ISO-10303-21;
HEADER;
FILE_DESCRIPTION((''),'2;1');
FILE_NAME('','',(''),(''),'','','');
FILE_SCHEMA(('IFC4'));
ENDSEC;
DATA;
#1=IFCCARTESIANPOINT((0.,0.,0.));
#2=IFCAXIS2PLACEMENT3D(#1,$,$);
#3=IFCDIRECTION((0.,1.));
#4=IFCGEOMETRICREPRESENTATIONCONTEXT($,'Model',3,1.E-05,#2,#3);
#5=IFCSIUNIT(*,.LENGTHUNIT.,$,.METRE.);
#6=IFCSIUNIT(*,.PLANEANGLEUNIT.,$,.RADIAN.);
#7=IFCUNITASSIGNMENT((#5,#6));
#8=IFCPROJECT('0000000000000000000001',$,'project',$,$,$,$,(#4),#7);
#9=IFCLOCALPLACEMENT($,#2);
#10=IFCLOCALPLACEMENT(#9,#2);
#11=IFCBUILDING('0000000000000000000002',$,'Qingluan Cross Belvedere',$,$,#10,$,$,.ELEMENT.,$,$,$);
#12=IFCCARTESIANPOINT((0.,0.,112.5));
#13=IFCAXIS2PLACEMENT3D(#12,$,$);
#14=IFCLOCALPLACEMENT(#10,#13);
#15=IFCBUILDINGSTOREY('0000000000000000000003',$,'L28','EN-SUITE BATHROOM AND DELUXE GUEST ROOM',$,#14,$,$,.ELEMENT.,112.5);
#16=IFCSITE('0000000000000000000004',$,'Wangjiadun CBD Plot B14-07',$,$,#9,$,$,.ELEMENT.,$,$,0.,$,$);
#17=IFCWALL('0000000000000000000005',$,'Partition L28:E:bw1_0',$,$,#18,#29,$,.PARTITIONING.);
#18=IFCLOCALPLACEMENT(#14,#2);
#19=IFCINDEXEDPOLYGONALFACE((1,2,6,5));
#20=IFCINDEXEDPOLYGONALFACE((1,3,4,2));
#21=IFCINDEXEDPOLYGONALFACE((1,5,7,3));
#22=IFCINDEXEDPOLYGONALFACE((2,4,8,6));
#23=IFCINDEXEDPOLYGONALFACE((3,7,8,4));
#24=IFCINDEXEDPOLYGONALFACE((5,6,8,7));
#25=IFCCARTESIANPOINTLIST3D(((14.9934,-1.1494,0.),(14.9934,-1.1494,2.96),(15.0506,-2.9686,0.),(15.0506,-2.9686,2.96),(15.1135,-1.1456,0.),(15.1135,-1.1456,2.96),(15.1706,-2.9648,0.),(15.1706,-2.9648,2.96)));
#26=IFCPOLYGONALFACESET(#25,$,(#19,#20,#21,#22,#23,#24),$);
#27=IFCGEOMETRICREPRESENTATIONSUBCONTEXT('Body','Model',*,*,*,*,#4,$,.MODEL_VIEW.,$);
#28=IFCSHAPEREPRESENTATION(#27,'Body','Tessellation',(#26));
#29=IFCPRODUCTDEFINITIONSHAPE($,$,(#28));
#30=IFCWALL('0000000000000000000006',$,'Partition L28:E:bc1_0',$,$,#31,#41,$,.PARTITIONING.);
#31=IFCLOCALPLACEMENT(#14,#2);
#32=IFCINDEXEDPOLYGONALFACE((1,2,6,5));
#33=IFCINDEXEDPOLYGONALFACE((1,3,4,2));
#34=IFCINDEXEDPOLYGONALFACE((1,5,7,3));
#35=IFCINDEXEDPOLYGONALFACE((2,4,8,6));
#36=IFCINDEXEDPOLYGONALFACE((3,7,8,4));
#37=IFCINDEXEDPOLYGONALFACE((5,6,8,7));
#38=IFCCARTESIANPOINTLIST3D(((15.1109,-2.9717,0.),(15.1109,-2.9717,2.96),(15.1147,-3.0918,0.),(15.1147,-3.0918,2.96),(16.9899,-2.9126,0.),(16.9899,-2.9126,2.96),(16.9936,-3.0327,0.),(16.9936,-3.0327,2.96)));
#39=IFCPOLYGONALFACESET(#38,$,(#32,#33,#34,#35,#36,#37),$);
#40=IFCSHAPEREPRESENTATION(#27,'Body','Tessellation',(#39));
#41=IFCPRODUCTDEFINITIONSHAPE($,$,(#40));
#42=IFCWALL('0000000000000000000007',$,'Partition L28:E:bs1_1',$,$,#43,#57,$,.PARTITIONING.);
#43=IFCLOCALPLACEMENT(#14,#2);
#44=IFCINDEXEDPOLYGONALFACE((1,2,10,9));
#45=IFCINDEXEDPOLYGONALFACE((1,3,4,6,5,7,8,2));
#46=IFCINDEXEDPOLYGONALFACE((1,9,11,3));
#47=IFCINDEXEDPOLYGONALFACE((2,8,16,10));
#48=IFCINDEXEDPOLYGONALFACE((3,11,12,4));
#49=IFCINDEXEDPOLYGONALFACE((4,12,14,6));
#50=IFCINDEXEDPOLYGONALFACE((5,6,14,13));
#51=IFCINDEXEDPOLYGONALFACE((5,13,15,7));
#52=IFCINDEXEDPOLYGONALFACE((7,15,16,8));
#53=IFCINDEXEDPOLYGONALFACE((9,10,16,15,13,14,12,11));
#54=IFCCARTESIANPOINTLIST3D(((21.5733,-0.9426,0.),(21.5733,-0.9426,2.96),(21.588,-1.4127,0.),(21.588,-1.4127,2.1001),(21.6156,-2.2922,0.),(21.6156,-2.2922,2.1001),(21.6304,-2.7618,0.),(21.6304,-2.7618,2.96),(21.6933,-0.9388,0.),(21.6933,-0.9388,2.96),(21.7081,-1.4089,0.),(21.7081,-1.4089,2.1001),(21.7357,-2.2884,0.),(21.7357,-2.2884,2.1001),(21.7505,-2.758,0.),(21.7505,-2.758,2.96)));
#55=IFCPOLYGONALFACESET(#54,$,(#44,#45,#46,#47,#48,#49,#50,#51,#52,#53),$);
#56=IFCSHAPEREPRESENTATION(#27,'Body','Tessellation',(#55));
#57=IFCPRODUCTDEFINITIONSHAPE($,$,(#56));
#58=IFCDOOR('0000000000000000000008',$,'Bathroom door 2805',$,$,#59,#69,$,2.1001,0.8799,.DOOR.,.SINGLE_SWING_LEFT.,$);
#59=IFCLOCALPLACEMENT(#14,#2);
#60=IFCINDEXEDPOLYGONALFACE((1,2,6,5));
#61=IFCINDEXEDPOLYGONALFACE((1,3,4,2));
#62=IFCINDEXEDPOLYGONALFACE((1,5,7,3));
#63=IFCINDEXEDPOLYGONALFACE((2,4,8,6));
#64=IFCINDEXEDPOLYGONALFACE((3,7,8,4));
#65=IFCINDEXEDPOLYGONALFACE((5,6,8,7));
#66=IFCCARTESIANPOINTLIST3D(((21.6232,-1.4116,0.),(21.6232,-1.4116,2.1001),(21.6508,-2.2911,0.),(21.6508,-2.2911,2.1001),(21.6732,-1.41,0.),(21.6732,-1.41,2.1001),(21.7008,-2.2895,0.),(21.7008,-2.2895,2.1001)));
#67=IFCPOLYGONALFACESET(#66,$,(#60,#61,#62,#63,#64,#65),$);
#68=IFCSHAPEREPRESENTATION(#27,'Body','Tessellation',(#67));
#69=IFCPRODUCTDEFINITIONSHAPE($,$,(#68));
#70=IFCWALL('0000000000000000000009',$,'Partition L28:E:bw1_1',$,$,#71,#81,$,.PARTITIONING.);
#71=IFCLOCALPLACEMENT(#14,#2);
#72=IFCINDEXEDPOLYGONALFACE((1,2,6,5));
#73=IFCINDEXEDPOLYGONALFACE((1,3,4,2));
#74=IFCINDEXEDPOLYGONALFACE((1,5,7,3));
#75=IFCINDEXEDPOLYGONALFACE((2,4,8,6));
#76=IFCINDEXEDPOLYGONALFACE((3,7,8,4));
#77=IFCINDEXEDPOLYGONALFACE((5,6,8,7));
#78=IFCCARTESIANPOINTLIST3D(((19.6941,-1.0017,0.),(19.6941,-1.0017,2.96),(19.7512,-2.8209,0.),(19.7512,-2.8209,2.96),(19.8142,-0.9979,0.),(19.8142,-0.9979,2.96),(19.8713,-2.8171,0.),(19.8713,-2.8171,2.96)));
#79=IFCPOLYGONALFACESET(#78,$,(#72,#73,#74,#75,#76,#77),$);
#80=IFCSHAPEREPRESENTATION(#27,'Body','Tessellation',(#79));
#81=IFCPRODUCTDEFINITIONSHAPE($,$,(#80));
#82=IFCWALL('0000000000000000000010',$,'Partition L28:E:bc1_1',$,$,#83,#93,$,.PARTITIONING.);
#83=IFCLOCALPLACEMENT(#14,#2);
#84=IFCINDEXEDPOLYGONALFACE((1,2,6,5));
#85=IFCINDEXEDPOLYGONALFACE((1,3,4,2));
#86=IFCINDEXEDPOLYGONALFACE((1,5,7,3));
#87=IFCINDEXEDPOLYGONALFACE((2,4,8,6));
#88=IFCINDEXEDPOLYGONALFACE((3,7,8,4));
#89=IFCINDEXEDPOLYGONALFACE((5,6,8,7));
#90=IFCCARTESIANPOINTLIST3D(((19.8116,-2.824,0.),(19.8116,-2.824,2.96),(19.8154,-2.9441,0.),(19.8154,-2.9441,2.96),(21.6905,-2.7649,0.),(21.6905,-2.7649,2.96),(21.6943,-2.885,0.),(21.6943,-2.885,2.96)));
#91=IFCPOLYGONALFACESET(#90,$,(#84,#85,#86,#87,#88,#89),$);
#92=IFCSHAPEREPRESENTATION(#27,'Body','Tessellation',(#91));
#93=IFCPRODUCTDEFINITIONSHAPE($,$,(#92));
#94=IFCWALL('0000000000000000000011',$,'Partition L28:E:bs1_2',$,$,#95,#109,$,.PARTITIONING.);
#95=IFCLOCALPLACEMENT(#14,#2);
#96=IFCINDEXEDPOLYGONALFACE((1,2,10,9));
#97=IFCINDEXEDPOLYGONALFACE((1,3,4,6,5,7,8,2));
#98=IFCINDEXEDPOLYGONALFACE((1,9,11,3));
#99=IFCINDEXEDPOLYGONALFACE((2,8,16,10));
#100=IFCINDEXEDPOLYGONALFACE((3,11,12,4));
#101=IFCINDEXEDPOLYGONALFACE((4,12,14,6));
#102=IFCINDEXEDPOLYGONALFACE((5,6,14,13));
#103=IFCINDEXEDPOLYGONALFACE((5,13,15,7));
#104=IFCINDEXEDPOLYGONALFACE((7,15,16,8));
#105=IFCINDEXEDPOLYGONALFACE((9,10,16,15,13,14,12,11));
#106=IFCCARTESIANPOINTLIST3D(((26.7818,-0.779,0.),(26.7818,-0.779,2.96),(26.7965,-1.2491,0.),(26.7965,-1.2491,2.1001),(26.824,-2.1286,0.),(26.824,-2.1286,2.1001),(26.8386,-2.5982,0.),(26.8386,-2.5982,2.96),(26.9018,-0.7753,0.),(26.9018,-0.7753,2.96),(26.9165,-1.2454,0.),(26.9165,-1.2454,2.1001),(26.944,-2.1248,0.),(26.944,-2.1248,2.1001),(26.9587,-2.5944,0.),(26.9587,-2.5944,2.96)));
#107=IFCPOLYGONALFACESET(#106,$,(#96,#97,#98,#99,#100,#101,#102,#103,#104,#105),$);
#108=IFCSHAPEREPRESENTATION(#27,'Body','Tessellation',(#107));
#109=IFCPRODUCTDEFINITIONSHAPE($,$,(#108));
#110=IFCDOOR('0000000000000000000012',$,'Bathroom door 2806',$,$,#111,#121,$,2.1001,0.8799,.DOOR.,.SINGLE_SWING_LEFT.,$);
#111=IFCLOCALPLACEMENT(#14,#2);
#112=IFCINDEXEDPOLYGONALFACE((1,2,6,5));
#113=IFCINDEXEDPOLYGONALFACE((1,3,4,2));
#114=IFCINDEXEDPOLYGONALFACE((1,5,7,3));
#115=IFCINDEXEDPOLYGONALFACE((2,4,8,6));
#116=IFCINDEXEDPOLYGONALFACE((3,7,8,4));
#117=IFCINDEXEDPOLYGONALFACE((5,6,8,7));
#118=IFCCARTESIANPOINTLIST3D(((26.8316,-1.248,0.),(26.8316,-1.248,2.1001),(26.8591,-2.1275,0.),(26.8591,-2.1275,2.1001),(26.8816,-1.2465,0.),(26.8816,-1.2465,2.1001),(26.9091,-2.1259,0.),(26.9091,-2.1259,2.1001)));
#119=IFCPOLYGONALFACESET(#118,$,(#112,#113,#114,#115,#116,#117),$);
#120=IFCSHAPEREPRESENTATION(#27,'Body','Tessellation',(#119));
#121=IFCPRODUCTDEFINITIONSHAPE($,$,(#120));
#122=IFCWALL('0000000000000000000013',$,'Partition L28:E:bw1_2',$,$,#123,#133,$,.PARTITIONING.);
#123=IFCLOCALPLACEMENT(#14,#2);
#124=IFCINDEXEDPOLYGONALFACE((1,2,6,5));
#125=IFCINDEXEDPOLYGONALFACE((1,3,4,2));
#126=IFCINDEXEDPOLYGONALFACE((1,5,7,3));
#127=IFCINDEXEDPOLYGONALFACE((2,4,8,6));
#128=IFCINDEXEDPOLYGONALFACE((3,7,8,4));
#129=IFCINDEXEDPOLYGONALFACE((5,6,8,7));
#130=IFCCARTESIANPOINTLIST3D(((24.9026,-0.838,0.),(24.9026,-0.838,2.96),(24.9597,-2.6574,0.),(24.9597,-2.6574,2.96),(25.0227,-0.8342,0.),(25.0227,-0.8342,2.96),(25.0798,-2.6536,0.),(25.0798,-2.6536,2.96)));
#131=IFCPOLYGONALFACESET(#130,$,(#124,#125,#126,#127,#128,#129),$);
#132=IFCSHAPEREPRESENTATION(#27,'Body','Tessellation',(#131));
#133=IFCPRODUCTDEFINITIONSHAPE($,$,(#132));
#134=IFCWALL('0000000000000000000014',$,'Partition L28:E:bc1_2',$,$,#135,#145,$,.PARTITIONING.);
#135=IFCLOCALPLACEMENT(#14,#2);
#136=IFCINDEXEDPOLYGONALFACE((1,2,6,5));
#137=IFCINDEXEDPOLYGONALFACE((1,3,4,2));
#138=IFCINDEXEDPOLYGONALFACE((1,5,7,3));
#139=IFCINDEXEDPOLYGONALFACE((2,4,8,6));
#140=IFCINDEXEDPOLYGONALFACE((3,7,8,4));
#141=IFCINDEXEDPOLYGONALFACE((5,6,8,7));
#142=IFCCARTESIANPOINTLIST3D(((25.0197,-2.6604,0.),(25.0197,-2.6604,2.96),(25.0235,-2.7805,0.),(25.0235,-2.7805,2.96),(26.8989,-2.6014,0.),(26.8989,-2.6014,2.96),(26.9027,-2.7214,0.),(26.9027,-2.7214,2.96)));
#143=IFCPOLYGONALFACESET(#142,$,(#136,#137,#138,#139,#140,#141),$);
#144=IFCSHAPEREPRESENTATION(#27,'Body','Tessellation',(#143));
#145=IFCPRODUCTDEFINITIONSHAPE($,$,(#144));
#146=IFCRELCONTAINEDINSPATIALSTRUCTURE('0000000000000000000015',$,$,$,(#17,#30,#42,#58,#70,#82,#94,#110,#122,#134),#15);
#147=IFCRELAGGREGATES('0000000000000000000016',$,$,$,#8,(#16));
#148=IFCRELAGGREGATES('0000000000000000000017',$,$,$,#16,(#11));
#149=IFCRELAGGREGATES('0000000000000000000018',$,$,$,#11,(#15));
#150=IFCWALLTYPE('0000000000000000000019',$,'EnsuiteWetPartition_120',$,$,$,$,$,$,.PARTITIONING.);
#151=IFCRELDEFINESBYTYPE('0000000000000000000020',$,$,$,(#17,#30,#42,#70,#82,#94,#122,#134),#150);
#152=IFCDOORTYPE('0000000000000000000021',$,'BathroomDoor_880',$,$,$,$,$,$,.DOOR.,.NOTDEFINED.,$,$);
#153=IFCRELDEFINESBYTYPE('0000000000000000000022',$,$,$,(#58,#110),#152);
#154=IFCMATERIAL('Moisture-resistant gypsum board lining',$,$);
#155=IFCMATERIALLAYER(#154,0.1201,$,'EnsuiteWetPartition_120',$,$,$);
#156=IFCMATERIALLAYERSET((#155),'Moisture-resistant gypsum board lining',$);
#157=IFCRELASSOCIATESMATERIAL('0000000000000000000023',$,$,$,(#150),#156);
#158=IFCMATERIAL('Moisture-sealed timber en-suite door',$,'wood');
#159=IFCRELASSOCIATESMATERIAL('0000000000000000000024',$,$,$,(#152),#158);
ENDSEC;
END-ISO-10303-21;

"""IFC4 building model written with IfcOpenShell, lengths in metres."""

from ifc_helpers import new_model, si_unit, direction, frame, frame_2d, origin, place, context, subcontext, project, spatial, rectangle, extrude, material, layer, layer_set, type_object, element, fill, save


model = new_model("IFC4")

# Units and contexts
model_context = context("Model", 3, precision=1e-05, world=origin(), true_north=direction((0.0, 1.0)))
body_context = subcontext(model_context, "Body", "Model", "MODEL_VIEW")
ifc_project = project(units=[si_unit("LENGTHUNIT", "METRE"), si_unit("PLANEANGLEUNIT", "RADIAN")], contexts=[model_context])

# Site, building, storey
site_placement = place(None, origin())
site = spatial("IfcSite", under=ifc_project, at=site_placement, Name="Wangjiadun CBD Plot B14-07", CompositionType="ELEMENT", RefElevation=0.0)
building_placement = place(site_placement, origin())
building = spatial("IfcBuilding", under=site, at=building_placement, Name="Qingluan Cross Belvedere", CompositionType="ELEMENT")
storey_placement = place(building_placement, frame((0.0, 0.0, 112.5)))
storey = spatial("IfcBuildingStorey", under=building, at=storey_placement, Name="L28", Description="EN-SUITE BATHROOM AND DELUXE GUEST ROOM", CompositionType="ELEMENT", Elevation=112.5)

# Shared definitions
ifc_material_1 = material(Name="Moisture-resistant gypsum board lining")
ifc_layer_1 = layer(ifc_material_1, 0.1201, Name="EnsuiteWetPartition_120")
ifc_layer_set_1 = layer_set([ifc_layer_1], Name="Moisture-resistant gypsum board lining")
wall_type_1 = type_object("IfcWallType", Name="EnsuiteWetPartition_120", PredefinedType="PARTITIONING", material=ifc_layer_set_1)
ifc_material_2 = material(Name="Moisture-sealed timber en-suite door", Category="wood")
door_type_1 = type_object("IfcDoorType", Name="BathroomDoor_880", OperationType="NOTDEFINED", PredefinedType="DOOR", material=ifc_material_2)

# Walls
wall_1_placement = place(storey_placement, frame((15.1106, -2.9668, 0.0), z_axis=(0.0, 0.0, 1.0), x_axis=(-0.03139, 0.999507, 0.0)))
element("IfcWall", 1, at=wall_1_placement, inside=storey, type_object=wall_type_1, Name="Partition L28:E:bw1_0", PredefinedType="PARTITIONING", context=body_context, shape_type="SweptSolid", body=[
    extrude(rectangle(XDim=1.8201, YDim=0.1201, at=frame_2d((0.9102, 0.0))), origin(), (0.0, 0.0, 1.0), 2.96),
])
wall_2_placement = place(storey_placement, frame((15.1128, -3.0317, 0.0), z_axis=(0.0, 0.0, 1.0), x_axis=(0.999506, 0.031429, 0.0)))
element("IfcWall", 2, at=wall_2_placement, inside=storey, type_object=wall_type_1, Name="Partition L28:E:bc1_0", PredefinedType="PARTITIONING", context=body_context, shape_type="SweptSolid", body=[
    extrude(rectangle(XDim=1.8799, YDim=0.1201, at=frame_2d((0.9399, 0.0))), origin(), (0.0, 0.0, 1.0), 2.96),
])

# Wall, opening, door
wall_3_placement = place(storey_placement, frame((21.6904, -2.76, 0.0), z_axis=(0.0, 0.0, 1.0), x_axis=(-0.03139, 0.999507, 0.0)))
wall_3 = element("IfcWall", 3, at=wall_3_placement, inside=storey, type_object=wall_type_1, Name="Partition L28:E:bs1_1", PredefinedType="PARTITIONING", context=body_context, shape_type="SweptSolid", body=[
    extrude(rectangle(XDim=1.8201, YDim=0.1201, at=frame_2d((0.9102, 0.0))), origin(), (0.0, 0.0, 1.0), 2.96),
])
opening_1_placement = place(wall_3_placement, frame((0.47, 0.0, 0.0)))
opening_1 = element("IfcOpeningElement", 4, at=opening_1_placement, cuts=wall_3, PredefinedType="OPENING", context=body_context, shape_type="SweptSolid", body=[
    extrude(rectangle(XDim=0.8799, YDim=2.1001, at=frame_2d((0.4399, 1.05))), frame((0.0, 0.0701, 0.0), z_axis=(0.0, -1.0, 0.0), x_axis=(1.0, 0.0, 0.0)), (0.0, 0.0, 1.0), 0.1401),
])
door_1_placement = place(opening_1_placement, origin())
door_1 = element("IfcDoor", 5, at=door_1_placement, inside=storey, type_object=door_type_1, Name="Bathroom door 2805", OperationType="SINGLE_SWING_LEFT", OverallHeight=2.1001, OverallWidth=0.8799, PredefinedType="DOOR", context=body_context, shape_type="SweptSolid", body=[
    extrude(rectangle(XDim=0.8799, YDim=2.1001, at=frame_2d((0.4399, 1.05))), frame((0.0, 0.0249, 0.0), z_axis=(0.0, -1.0, 0.0), x_axis=(1.0, 0.0, 0.0)), (0.0, 0.0, 1.0), 0.05),
])
fill(opening_1, door_1)

# Walls
wall_4_placement = place(storey_placement, frame((19.8113, -2.8191, 0.0), z_axis=(0.0, 0.0, 1.0), x_axis=(-0.03139, 0.999507, 0.0)))
element("IfcWall", 6, at=wall_4_placement, inside=storey, type_object=wall_type_1, Name="Partition L28:E:bw1_1", PredefinedType="PARTITIONING", context=body_context, shape_type="SweptSolid", body=[
    extrude(rectangle(XDim=1.8201, YDim=0.1201, at=frame_2d((0.9102, 0.0))), origin(), (0.0, 0.0, 1.0), 2.96),
])
wall_5_placement = place(storey_placement, frame((19.8135, -2.884, 0.0), z_axis=(0.0, 0.0, 1.0), x_axis=(0.999506, 0.031429, 0.0)))
element("IfcWall", 7, at=wall_5_placement, inside=storey, type_object=wall_type_1, Name="Partition L28:E:bc1_1", PredefinedType="PARTITIONING", context=body_context, shape_type="SweptSolid", body=[
    extrude(rectangle(XDim=1.8799, YDim=0.1201, at=frame_2d((0.9399, 0.0))), origin(), (0.0, 0.0, 1.0), 2.96),
])

# Wall, opening, door
wall_6_placement = place(storey_placement, frame((26.8987, -2.5964, 0.0), z_axis=(0.0, 0.0, 1.0), x_axis=(-0.031256, 0.999511, 0.0)))
wall_6 = element("IfcWall", 8, at=wall_6_placement, inside=storey, type_object=wall_type_1, Name="Partition L28:E:bs1_2", PredefinedType="PARTITIONING", context=body_context, shape_type="SweptSolid", body=[
    extrude(rectangle(XDim=1.8201, YDim=0.1201, at=frame_2d((0.9102, 0.0))), origin(), (0.0, 0.0, 1.0), 2.96),
])
opening_2_placement = place(wall_6_placement, frame((0.47, 0.0, 0.0)))
opening_2 = element("IfcOpeningElement", 9, at=opening_2_placement, cuts=wall_6, PredefinedType="OPENING", context=body_context, shape_type="SweptSolid", body=[
    extrude(rectangle(XDim=0.8799, YDim=2.1001, at=frame_2d((0.4399, 1.05))), frame((0.0, 0.0701, 0.0), z_axis=(0.0, -1.0, 0.0), x_axis=(1.0, 0.0, 0.0)), (0.0, 0.0, 1.0), 0.1401),
])
door_2_placement = place(opening_2_placement, origin())
door_2 = element("IfcDoor", 10, at=door_2_placement, inside=storey, type_object=door_type_1, Name="Bathroom door 2806", OperationType="SINGLE_SWING_LEFT", OverallHeight=2.1001, OverallWidth=0.8799, PredefinedType="DOOR", context=body_context, shape_type="SweptSolid", body=[
    extrude(rectangle(XDim=0.8799, YDim=2.1001, at=frame_2d((0.4399, 1.05))), frame((0.0, 0.0249, 0.0), z_axis=(0.0, -1.0, 0.0), x_axis=(1.0, 0.0, 0.0)), (0.0, 0.0, 1.0), 0.05),
])
fill(opening_2, door_2)

# Walls
wall_7_placement = place(storey_placement, frame((25.0198, -2.6555, 0.0), z_axis=(0.0, 0.0, 1.0), x_axis=(-0.031385, 0.999507, 0.0)))
element("IfcWall", 11, at=wall_7_placement, inside=storey, type_object=wall_type_1, Name="Partition L28:E:bw1_2", PredefinedType="PARTITIONING", context=body_context, shape_type="SweptSolid", body=[
    extrude(rectangle(XDim=1.8203, YDim=0.1201, at=frame_2d((0.9102, 0.0))), origin(), (0.0, 0.0, 1.0), 2.96),
])
wall_8_placement = place(storey_placement, frame((25.0217, -2.7205, 0.0), z_axis=(0.0, 0.0, 1.0), x_axis=(0.999506, 0.031425, 0.0)))
element("IfcWall", 12, at=wall_8_placement, inside=storey, type_object=wall_type_1, Name="Partition L28:E:bc1_2", PredefinedType="PARTITIONING", context=body_context, shape_type="SweptSolid", body=[
    extrude(rectangle(XDim=1.8801, YDim=0.1201, at=frame_2d((0.9399, 0.0))), origin(), (0.0, 0.0, 1.0), 2.96),
])

save(model, "model.ifc")
